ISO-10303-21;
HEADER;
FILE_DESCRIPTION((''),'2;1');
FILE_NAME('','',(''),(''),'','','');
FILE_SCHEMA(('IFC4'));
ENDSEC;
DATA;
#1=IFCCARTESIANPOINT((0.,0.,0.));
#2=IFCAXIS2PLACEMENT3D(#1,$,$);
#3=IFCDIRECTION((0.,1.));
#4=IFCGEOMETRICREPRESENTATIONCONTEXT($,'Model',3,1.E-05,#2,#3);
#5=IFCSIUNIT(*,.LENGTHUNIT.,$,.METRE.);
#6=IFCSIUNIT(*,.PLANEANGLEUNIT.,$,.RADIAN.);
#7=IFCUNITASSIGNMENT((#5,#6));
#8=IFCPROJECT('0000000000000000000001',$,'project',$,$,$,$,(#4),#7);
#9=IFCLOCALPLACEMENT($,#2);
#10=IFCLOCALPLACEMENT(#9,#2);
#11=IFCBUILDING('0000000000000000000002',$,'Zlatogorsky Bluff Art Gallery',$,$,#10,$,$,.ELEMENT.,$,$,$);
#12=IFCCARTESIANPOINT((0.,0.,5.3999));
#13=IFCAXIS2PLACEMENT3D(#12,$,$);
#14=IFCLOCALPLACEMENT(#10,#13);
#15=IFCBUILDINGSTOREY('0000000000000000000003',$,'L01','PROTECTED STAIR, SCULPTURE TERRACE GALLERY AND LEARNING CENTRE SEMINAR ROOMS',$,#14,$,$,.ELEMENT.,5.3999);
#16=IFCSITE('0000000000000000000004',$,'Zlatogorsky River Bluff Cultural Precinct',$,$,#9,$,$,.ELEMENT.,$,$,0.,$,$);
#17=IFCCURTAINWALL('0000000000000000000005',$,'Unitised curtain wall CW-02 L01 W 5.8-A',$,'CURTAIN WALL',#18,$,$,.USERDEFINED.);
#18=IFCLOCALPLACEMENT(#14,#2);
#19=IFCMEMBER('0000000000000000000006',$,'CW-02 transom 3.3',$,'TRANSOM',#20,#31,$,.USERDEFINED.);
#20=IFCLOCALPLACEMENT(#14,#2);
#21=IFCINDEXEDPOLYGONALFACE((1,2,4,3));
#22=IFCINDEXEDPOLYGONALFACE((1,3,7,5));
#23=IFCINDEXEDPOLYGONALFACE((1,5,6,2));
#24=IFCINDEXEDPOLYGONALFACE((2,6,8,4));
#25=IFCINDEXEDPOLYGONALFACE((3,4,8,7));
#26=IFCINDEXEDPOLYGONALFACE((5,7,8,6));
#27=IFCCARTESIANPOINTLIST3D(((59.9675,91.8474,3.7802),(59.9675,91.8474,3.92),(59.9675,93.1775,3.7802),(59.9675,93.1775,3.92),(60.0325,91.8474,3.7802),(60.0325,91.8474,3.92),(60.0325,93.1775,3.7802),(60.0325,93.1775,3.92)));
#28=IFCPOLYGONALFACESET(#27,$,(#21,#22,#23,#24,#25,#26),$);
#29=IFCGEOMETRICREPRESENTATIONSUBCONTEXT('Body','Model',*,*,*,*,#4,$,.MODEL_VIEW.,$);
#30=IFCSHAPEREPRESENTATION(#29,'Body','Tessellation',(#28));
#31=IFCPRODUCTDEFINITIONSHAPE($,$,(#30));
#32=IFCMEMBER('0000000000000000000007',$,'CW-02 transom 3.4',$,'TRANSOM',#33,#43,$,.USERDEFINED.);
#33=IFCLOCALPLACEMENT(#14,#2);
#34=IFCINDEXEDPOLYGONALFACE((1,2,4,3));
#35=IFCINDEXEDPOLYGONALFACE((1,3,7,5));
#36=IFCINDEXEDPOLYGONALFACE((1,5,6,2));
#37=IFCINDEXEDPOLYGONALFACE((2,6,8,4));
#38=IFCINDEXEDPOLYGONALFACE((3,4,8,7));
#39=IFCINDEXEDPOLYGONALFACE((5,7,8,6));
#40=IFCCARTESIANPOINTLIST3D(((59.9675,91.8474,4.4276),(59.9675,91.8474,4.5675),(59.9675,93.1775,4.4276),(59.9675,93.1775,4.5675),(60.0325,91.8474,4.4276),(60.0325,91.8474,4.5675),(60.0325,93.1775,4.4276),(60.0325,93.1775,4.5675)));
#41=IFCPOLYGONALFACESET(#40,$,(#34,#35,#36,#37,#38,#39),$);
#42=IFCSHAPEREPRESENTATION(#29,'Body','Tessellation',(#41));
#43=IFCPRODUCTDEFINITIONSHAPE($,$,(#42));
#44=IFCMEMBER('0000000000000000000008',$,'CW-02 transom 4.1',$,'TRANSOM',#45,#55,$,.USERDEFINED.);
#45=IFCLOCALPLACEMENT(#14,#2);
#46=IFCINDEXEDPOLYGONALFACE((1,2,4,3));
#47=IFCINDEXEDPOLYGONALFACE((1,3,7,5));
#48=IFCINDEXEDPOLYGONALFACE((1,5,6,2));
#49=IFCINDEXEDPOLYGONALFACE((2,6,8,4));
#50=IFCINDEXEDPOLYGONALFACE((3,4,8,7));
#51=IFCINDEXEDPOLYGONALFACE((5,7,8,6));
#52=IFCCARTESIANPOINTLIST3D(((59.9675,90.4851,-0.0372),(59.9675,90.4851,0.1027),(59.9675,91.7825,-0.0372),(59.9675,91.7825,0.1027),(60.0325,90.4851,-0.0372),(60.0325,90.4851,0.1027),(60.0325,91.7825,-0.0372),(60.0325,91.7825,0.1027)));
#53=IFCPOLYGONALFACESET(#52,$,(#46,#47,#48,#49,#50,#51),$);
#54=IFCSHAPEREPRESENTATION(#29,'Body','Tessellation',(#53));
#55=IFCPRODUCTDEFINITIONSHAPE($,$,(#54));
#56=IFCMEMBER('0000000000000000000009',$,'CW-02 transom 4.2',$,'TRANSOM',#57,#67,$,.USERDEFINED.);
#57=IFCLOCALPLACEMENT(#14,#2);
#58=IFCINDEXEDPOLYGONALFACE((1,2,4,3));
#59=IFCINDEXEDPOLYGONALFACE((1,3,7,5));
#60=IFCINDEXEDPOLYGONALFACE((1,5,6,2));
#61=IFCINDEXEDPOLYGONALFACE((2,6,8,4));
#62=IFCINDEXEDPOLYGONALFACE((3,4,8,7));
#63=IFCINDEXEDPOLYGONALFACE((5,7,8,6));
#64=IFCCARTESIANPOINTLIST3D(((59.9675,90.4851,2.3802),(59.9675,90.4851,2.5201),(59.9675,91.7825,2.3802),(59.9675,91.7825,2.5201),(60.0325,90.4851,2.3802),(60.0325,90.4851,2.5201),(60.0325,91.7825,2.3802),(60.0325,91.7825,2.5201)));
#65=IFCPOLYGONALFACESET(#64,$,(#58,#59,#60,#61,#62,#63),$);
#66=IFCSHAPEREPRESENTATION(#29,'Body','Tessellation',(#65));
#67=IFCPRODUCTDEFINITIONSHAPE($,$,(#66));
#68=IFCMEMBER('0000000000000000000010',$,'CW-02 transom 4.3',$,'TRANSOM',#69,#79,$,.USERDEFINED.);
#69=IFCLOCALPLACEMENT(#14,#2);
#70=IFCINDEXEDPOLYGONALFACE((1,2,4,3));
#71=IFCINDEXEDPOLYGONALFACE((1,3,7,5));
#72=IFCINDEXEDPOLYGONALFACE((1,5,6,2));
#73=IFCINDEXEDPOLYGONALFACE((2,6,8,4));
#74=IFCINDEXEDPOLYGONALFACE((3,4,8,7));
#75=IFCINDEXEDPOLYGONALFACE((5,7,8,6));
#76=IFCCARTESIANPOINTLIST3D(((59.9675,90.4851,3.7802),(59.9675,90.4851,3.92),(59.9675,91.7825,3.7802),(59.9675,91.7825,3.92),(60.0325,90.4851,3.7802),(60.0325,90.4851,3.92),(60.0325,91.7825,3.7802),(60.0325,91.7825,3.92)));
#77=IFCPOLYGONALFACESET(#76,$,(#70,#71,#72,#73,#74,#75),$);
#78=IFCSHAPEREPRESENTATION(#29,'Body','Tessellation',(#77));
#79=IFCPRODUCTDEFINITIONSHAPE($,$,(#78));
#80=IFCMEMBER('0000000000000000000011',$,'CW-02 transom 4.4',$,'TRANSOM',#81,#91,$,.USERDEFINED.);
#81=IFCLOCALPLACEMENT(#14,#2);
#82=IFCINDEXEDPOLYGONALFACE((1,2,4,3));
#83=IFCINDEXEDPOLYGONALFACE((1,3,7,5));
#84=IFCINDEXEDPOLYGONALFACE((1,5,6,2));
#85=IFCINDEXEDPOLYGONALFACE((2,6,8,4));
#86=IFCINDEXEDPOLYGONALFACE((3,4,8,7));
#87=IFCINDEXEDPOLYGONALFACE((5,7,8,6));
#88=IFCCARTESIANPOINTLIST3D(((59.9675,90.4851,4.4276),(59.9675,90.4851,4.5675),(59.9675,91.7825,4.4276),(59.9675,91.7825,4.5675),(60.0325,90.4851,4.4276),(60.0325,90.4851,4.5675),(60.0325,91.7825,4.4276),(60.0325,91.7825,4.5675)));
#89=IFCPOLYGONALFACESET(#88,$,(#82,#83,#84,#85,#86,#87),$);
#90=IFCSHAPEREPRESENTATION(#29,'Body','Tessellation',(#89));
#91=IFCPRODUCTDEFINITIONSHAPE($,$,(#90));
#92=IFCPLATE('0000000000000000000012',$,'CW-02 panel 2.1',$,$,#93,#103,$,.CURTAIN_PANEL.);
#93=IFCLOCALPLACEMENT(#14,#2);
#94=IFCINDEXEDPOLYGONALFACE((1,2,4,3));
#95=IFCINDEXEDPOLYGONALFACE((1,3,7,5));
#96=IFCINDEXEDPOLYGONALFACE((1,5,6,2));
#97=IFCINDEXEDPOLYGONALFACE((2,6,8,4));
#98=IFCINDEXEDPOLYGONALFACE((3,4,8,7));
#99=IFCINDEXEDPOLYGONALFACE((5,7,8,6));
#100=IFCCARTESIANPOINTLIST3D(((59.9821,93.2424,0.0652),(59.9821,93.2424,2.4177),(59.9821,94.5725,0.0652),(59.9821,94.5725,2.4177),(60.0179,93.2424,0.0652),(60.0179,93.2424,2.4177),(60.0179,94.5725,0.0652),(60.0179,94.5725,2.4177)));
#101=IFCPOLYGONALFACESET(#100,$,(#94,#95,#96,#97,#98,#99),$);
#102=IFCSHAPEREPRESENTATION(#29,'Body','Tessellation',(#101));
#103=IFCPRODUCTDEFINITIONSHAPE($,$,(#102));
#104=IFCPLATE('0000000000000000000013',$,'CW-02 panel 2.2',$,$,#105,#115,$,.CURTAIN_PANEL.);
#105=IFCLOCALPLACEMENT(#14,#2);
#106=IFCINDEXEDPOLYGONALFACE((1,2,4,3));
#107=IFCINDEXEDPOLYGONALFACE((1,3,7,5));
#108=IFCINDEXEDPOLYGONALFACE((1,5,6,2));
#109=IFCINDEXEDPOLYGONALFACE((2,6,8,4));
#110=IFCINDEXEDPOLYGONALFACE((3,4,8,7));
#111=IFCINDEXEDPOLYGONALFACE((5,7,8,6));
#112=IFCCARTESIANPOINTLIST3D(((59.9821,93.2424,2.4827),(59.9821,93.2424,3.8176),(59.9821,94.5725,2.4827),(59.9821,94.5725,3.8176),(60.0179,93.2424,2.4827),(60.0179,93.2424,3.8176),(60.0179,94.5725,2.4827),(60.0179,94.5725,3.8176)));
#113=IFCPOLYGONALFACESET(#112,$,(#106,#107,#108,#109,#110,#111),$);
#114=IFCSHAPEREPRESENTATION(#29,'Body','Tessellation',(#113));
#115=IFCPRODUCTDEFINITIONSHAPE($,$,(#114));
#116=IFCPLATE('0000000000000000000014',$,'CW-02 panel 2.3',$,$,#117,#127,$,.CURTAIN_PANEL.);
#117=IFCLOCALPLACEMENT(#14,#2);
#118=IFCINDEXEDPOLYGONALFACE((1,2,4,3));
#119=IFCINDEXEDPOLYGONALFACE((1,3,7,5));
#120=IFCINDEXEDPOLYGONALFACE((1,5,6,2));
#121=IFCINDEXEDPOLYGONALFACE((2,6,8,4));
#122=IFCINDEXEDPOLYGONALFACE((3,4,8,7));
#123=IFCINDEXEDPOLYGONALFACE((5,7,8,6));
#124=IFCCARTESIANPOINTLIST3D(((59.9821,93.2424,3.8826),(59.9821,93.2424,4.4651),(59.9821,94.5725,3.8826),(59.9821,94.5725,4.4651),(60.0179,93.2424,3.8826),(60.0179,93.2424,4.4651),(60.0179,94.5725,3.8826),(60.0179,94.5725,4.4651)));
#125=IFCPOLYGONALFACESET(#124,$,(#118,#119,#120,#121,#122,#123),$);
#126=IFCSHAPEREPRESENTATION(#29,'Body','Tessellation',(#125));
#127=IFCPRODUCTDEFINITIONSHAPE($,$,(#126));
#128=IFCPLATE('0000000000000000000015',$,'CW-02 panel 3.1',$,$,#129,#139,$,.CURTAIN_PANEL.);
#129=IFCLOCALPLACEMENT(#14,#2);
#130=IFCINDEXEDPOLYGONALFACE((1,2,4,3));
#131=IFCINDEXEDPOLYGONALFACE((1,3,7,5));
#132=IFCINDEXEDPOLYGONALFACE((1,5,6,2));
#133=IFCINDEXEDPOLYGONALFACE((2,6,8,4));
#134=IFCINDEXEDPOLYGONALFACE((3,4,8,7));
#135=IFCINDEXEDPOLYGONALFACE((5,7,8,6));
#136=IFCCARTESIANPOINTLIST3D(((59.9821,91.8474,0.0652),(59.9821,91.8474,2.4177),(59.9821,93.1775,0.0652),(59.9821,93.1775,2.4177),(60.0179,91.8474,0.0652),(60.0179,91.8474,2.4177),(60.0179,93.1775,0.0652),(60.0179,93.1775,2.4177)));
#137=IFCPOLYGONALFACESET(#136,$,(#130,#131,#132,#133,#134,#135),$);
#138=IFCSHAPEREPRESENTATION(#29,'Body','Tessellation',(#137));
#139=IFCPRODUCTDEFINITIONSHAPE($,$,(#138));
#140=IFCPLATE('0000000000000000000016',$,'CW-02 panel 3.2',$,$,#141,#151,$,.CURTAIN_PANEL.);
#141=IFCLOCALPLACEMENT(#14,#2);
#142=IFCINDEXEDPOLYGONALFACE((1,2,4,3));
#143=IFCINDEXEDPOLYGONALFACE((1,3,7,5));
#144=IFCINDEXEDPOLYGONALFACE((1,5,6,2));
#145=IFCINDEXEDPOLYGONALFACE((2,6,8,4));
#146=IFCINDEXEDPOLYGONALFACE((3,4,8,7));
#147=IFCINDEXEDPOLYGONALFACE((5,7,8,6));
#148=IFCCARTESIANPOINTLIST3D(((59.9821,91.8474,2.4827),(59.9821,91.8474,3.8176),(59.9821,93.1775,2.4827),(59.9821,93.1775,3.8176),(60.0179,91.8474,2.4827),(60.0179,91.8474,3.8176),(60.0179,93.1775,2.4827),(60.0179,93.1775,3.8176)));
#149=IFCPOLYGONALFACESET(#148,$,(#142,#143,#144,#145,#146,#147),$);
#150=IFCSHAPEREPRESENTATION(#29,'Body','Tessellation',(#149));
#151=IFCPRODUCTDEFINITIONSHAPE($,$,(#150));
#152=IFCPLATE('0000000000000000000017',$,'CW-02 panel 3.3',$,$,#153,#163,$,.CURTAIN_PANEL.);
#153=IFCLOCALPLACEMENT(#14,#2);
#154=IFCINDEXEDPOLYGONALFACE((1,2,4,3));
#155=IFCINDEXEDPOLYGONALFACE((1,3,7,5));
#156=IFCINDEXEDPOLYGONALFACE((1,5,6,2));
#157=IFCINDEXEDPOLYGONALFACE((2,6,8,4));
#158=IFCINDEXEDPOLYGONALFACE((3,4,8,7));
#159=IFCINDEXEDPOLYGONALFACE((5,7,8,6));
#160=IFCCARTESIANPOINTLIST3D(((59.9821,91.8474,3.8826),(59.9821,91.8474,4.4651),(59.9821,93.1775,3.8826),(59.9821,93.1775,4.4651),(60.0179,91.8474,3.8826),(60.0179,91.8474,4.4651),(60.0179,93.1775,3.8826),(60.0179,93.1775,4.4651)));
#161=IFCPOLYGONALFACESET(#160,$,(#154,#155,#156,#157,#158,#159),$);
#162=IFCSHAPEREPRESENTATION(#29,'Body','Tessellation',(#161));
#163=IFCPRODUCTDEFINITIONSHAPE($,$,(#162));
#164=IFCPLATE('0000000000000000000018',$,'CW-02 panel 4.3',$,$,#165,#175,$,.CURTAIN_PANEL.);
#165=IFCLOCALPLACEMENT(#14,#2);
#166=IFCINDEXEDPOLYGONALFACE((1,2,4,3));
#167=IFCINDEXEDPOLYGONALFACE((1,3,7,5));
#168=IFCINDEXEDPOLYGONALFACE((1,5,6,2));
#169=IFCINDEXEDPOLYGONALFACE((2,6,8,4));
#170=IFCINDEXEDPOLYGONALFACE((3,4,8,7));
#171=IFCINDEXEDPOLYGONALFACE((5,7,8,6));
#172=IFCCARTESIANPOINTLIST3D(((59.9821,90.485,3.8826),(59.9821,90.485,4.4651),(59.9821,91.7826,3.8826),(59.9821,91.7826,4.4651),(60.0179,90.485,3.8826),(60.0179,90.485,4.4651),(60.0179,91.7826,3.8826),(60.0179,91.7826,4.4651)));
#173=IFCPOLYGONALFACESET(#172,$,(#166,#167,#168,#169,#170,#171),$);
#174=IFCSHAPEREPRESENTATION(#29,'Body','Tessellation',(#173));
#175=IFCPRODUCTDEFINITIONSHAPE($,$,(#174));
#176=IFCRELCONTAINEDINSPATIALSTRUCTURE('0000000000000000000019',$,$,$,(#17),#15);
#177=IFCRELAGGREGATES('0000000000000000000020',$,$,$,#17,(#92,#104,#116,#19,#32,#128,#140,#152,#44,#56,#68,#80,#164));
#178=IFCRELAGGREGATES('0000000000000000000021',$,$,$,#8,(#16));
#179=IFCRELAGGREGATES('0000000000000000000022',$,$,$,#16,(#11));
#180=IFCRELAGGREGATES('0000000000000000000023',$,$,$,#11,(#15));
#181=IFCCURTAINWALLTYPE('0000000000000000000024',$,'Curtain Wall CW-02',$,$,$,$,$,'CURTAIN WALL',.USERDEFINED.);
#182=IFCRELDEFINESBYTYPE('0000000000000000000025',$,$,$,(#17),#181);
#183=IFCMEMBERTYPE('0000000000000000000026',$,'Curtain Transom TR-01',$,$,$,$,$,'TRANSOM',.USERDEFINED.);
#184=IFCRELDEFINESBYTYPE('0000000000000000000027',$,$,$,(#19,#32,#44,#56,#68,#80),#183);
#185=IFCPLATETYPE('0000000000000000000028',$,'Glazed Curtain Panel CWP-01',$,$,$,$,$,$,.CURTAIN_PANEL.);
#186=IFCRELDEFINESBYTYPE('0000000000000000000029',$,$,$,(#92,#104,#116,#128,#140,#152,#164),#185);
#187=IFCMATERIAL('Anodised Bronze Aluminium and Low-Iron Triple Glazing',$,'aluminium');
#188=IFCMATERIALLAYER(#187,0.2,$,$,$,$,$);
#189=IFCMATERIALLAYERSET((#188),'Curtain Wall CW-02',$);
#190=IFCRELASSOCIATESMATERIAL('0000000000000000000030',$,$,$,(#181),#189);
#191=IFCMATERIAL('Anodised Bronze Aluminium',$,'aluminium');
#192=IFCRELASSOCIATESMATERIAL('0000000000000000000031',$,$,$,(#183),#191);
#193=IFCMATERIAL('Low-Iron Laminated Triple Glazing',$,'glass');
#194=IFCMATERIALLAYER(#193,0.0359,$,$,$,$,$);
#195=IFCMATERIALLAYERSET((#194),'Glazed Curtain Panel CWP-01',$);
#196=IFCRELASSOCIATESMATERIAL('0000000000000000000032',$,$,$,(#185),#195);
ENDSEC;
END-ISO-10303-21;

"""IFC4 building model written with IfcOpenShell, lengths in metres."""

from ifc_helpers import new_model, si_unit, direction, frame, origin, origin_2d, place, context, subcontext, project, spatial, rectangle, extrude, material, layer, layer_set, material_profile, profile_set, type_object, element, aggregate, save


model = new_model("IFC4")

# Units and contexts
model_context = context("Model", 3, precision=1e-05, world=origin(), true_north=direction((0.0, 1.0)))
body_context = subcontext(model_context, "Body", "Model", "MODEL_VIEW")
ifc_project = project(units=[si_unit("LENGTHUNIT", "METRE"), si_unit("PLANEANGLEUNIT", "RADIAN")], contexts=[model_context])

# Site, building, storey
site_placement = place(None, origin())
site = spatial("IfcSite", under=ifc_project, at=site_placement, Name="Zlatogorsky River Bluff Cultural Precinct", CompositionType="ELEMENT", RefElevation=0.0)
building_placement = place(site_placement, origin())
building = spatial("IfcBuilding", under=site, at=building_placement, Name="Zlatogorsky Bluff Art Gallery", CompositionType="ELEMENT")
storey_placement = place(building_placement, frame((0.0, 0.0, 5.3999)))
storey = spatial("IfcBuildingStorey", under=building, at=storey_placement, Name="L01", Description="PROTECTED STAIR, SCULPTURE TERRACE GALLERY AND LEARNING CENTRE SEMINAR ROOMS", CompositionType="ELEMENT", Elevation=5.3999)

# Curtain wall, members, plates
ifc_material_1 = material(Name="Anodised Bronze Aluminium and Low-Iron Triple Glazing", Category="aluminium")
ifc_layer_1 = layer(ifc_material_1, 0.2)
ifc_layer_set_1 = layer_set([ifc_layer_1], Name="Curtain Wall CW-02")
curtain_wall_type = type_object("IfcCurtainWallType", Name="Curtain Wall CW-02", ElementType="CURTAIN WALL", PredefinedType="USERDEFINED", material=ifc_layer_set_1)
curtain_wall_placement = place(storey_placement, origin())
curtain_wall = element("IfcCurtainWall", 1, at=curtain_wall_placement, inside=storey, type_object=curtain_wall_type, Name="Unitised curtain wall CW-02 L01 W 5.8-A", ObjectType="CURTAIN WALL", PredefinedType="USERDEFINED")
ifc_material_2 = material(Name="Anodised Bronze Aluminium", Category="aluminium")
ifc_material_profile_1 = material_profile(ifc_material_2, rectangle(XDim=0.0649, YDim=0.1399, at=origin_2d()), Name="ALU TRANSOM 65x140")
ifc_profile_set_1 = profile_set([ifc_material_profile_1], Name="Anodised Bronze Aluminium")
member_type_1 = type_object("IfcMemberType", Name="Curtain Transom TR-01", ElementType="TRANSOM", PredefinedType="USERDEFINED", material=ifc_profile_set_1)
member_1_placement = place(storey_placement, frame((60.0, 93.1775, 3.8501), z_axis=(0.0, -1.0, 0.0), x_axis=(1.0, 0.0, 0.0)))
member_1 = element("IfcMember", 2, at=member_1_placement, type_object=member_type_1, Name="CW-02 transom 3.3", ObjectType="TRANSOM", PredefinedType="USERDEFINED", context=body_context, shape_type="SweptSolid", body=[
    extrude(rectangle(XDim=0.0649, YDim=0.1399, at=origin_2d()), origin(), (0.0, 0.0, 1.0), 1.3301),
])
member_2_placement = place(storey_placement, frame((60.0, 93.1775, 4.4976), z_axis=(0.0, -1.0, 0.0), x_axis=(1.0, 0.0, 0.0)))
member_2 = element("IfcMember", 3, at=member_2_placement, type_object=member_type_1, Name="CW-02 transom 3.4", ObjectType="TRANSOM", PredefinedType="USERDEFINED", context=body_context, shape_type="SweptSolid", body=[
    extrude(rectangle(XDim=0.0649, YDim=0.1399, at=origin_2d()), origin(), (0.0, 0.0, 1.0), 1.3301),
])
member_3_placement = place(storey_placement, frame((60.0, 91.7825, 0.0327), z_axis=(0.0, -1.0, 0.0), x_axis=(1.0, 0.0, 0.0)))
member_3 = element("IfcMember", 4, at=member_3_placement, type_object=member_type_1, Name="CW-02 transom 4.1", ObjectType="TRANSOM", PredefinedType="USERDEFINED", context=body_context, shape_type="SweptSolid", body=[
    extrude(rectangle(XDim=0.0649, YDim=0.1399, at=origin_2d()), origin(), (0.0, 0.0, 1.0), 1.2974),
])
member_4_placement = place(storey_placement, frame((60.0, 91.7825, 2.4502), z_axis=(0.0, -1.0, 0.0), x_axis=(1.0, 0.0, 0.0)))
member_4 = element("IfcMember", 5, at=member_4_placement, type_object=member_type_1, Name="CW-02 transom 4.2", ObjectType="TRANSOM", PredefinedType="USERDEFINED", context=body_context, shape_type="SweptSolid", body=[
    extrude(rectangle(XDim=0.0649, YDim=0.1399, at=origin_2d()), origin(), (0.0, 0.0, 1.0), 1.2974),
])
member_5_placement = place(storey_placement, frame((60.0, 91.7825, 3.8501), z_axis=(0.0, -1.0, 0.0), x_axis=(1.0, 0.0, 0.0)))
member_5 = element("IfcMember", 6, at=member_5_placement, type_object=member_type_1, Name="CW-02 transom 4.3", ObjectType="TRANSOM", PredefinedType="USERDEFINED", context=body_context, shape_type="SweptSolid", body=[
    extrude(rectangle(XDim=0.0649, YDim=0.1399, at=origin_2d()), origin(), (0.0, 0.0, 1.0), 1.2974),
])
member_6_placement = place(storey_placement, frame((60.0, 91.7825, 4.4976), z_axis=(0.0, -1.0, 0.0), x_axis=(1.0, 0.0, 0.0)))
member_6 = element("IfcMember", 7, at=member_6_placement, type_object=member_type_1, Name="CW-02 transom 4.4", ObjectType="TRANSOM", PredefinedType="USERDEFINED", context=body_context, shape_type="SweptSolid", body=[
    extrude(rectangle(XDim=0.0649, YDim=0.1399, at=origin_2d()), origin(), (0.0, 0.0, 1.0), 1.2974),
])
ifc_material_3 = material(Name="Low-Iron Laminated Triple Glazing", Category="glass")
ifc_layer_2 = layer(ifc_material_3, 0.0359)
ifc_layer_set_2 = layer_set([ifc_layer_2], Name="Glazed Curtain Panel CWP-01")
plate_type = type_object("IfcPlateType", Name="Glazed Curtain Panel CWP-01", PredefinedType="CURTAIN_PANEL", material=ifc_layer_set_2)
plate_1_placement = place(storey_placement, frame((60.0, 93.9075, 0.0652), z_axis=(0.0, 0.0, 1.0), x_axis=(0.0, -1.0, 0.0)))
plate_1 = element("IfcPlate", 8, at=plate_1_placement, type_object=plate_type, Name="CW-02 panel 2.1", PredefinedType="CURTAIN_PANEL", context=body_context, shape_type="SweptSolid", body=[
    extrude(rectangle(XDim=1.3301, YDim=0.0359, at=origin_2d()), origin(), (0.0, 0.0, 1.0), 2.3525),
])
plate_2_placement = place(storey_placement, frame((60.0, 93.9075, 2.4827), z_axis=(0.0, 0.0, 1.0), x_axis=(0.0, -1.0, 0.0)))
plate_2 = element("IfcPlate", 9, at=plate_2_placement, type_object=plate_type, Name="CW-02 panel 2.2", PredefinedType="CURTAIN_PANEL", context=body_context, shape_type="SweptSolid", body=[
    extrude(rectangle(XDim=1.3301, YDim=0.0359, at=origin_2d()), origin(), (0.0, 0.0, 1.0), 1.335),
])
plate_3_placement = place(storey_placement, frame((60.0, 93.9075, 3.8826), z_axis=(0.0, 0.0, 1.0), x_axis=(0.0, -1.0, 0.0)))
plate_3 = element("IfcPlate", 10, at=plate_3_placement, type_object=plate_type, Name="CW-02 panel 2.3", PredefinedType="CURTAIN_PANEL", context=body_context, shape_type="SweptSolid", body=[
    extrude(rectangle(XDim=1.3301, YDim=0.0359, at=origin_2d()), origin(), (0.0, 0.0, 1.0), 0.5825),
])
plate_4_placement = place(storey_placement, frame((60.0, 92.5125, 0.0652), z_axis=(0.0, 0.0, 1.0), x_axis=(0.0, -1.0, 0.0)))
plate_4 = element("IfcPlate", 11, at=plate_4_placement, type_object=plate_type, Name="CW-02 panel 3.1", PredefinedType="CURTAIN_PANEL", context=body_context, shape_type="SweptSolid", body=[
    extrude(rectangle(XDim=1.3301, YDim=0.0359, at=origin_2d()), origin(), (0.0, 0.0, 1.0), 2.3525),
])
plate_5_placement = place(storey_placement, frame((60.0, 92.5125, 2.4827), z_axis=(0.0, 0.0, 1.0), x_axis=(0.0, -1.0, 0.0)))
plate_5 = element("IfcPlate", 12, at=plate_5_placement, type_object=plate_type, Name="CW-02 panel 3.2", PredefinedType="CURTAIN_PANEL", context=body_context, shape_type="SweptSolid", body=[
    extrude(rectangle(XDim=1.3301, YDim=0.0359, at=origin_2d()), origin(), (0.0, 0.0, 1.0), 1.335),
])
plate_6_placement = place(storey_placement, frame((60.0, 92.5125, 3.8826), z_axis=(0.0, 0.0, 1.0), x_axis=(0.0, -1.0, 0.0)))
plate_6 = element("IfcPlate", 13, at=plate_6_placement, type_object=plate_type, Name="CW-02 panel 3.3", PredefinedType="CURTAIN_PANEL", context=body_context, shape_type="SweptSolid", body=[
    extrude(rectangle(XDim=1.3301, YDim=0.0359, at=origin_2d()), origin(), (0.0, 0.0, 1.0), 0.5825),
])
plate_7_placement = place(storey_placement, frame((60.0, 91.1338, 3.8826), z_axis=(0.0, 0.0, 1.0), x_axis=(0.0, -1.0, 0.0)))
plate_7 = element("IfcPlate", 14, at=plate_7_placement, type_object=plate_type, Name="CW-02 panel 4.3", PredefinedType="CURTAIN_PANEL", context=body_context, shape_type="SweptSolid", body=[
    extrude(rectangle(XDim=1.2976, YDim=0.0359, at=origin_2d()), origin(), (0.0, 0.0, 1.0), 0.5825),
])
aggregate(curtain_wall, [plate_1, plate_2, plate_3, member_1, member_2, plate_4, plate_5, plate_6, member_3, member_4, member_5, member_6, plate_7])

save(model, "model.ifc")
